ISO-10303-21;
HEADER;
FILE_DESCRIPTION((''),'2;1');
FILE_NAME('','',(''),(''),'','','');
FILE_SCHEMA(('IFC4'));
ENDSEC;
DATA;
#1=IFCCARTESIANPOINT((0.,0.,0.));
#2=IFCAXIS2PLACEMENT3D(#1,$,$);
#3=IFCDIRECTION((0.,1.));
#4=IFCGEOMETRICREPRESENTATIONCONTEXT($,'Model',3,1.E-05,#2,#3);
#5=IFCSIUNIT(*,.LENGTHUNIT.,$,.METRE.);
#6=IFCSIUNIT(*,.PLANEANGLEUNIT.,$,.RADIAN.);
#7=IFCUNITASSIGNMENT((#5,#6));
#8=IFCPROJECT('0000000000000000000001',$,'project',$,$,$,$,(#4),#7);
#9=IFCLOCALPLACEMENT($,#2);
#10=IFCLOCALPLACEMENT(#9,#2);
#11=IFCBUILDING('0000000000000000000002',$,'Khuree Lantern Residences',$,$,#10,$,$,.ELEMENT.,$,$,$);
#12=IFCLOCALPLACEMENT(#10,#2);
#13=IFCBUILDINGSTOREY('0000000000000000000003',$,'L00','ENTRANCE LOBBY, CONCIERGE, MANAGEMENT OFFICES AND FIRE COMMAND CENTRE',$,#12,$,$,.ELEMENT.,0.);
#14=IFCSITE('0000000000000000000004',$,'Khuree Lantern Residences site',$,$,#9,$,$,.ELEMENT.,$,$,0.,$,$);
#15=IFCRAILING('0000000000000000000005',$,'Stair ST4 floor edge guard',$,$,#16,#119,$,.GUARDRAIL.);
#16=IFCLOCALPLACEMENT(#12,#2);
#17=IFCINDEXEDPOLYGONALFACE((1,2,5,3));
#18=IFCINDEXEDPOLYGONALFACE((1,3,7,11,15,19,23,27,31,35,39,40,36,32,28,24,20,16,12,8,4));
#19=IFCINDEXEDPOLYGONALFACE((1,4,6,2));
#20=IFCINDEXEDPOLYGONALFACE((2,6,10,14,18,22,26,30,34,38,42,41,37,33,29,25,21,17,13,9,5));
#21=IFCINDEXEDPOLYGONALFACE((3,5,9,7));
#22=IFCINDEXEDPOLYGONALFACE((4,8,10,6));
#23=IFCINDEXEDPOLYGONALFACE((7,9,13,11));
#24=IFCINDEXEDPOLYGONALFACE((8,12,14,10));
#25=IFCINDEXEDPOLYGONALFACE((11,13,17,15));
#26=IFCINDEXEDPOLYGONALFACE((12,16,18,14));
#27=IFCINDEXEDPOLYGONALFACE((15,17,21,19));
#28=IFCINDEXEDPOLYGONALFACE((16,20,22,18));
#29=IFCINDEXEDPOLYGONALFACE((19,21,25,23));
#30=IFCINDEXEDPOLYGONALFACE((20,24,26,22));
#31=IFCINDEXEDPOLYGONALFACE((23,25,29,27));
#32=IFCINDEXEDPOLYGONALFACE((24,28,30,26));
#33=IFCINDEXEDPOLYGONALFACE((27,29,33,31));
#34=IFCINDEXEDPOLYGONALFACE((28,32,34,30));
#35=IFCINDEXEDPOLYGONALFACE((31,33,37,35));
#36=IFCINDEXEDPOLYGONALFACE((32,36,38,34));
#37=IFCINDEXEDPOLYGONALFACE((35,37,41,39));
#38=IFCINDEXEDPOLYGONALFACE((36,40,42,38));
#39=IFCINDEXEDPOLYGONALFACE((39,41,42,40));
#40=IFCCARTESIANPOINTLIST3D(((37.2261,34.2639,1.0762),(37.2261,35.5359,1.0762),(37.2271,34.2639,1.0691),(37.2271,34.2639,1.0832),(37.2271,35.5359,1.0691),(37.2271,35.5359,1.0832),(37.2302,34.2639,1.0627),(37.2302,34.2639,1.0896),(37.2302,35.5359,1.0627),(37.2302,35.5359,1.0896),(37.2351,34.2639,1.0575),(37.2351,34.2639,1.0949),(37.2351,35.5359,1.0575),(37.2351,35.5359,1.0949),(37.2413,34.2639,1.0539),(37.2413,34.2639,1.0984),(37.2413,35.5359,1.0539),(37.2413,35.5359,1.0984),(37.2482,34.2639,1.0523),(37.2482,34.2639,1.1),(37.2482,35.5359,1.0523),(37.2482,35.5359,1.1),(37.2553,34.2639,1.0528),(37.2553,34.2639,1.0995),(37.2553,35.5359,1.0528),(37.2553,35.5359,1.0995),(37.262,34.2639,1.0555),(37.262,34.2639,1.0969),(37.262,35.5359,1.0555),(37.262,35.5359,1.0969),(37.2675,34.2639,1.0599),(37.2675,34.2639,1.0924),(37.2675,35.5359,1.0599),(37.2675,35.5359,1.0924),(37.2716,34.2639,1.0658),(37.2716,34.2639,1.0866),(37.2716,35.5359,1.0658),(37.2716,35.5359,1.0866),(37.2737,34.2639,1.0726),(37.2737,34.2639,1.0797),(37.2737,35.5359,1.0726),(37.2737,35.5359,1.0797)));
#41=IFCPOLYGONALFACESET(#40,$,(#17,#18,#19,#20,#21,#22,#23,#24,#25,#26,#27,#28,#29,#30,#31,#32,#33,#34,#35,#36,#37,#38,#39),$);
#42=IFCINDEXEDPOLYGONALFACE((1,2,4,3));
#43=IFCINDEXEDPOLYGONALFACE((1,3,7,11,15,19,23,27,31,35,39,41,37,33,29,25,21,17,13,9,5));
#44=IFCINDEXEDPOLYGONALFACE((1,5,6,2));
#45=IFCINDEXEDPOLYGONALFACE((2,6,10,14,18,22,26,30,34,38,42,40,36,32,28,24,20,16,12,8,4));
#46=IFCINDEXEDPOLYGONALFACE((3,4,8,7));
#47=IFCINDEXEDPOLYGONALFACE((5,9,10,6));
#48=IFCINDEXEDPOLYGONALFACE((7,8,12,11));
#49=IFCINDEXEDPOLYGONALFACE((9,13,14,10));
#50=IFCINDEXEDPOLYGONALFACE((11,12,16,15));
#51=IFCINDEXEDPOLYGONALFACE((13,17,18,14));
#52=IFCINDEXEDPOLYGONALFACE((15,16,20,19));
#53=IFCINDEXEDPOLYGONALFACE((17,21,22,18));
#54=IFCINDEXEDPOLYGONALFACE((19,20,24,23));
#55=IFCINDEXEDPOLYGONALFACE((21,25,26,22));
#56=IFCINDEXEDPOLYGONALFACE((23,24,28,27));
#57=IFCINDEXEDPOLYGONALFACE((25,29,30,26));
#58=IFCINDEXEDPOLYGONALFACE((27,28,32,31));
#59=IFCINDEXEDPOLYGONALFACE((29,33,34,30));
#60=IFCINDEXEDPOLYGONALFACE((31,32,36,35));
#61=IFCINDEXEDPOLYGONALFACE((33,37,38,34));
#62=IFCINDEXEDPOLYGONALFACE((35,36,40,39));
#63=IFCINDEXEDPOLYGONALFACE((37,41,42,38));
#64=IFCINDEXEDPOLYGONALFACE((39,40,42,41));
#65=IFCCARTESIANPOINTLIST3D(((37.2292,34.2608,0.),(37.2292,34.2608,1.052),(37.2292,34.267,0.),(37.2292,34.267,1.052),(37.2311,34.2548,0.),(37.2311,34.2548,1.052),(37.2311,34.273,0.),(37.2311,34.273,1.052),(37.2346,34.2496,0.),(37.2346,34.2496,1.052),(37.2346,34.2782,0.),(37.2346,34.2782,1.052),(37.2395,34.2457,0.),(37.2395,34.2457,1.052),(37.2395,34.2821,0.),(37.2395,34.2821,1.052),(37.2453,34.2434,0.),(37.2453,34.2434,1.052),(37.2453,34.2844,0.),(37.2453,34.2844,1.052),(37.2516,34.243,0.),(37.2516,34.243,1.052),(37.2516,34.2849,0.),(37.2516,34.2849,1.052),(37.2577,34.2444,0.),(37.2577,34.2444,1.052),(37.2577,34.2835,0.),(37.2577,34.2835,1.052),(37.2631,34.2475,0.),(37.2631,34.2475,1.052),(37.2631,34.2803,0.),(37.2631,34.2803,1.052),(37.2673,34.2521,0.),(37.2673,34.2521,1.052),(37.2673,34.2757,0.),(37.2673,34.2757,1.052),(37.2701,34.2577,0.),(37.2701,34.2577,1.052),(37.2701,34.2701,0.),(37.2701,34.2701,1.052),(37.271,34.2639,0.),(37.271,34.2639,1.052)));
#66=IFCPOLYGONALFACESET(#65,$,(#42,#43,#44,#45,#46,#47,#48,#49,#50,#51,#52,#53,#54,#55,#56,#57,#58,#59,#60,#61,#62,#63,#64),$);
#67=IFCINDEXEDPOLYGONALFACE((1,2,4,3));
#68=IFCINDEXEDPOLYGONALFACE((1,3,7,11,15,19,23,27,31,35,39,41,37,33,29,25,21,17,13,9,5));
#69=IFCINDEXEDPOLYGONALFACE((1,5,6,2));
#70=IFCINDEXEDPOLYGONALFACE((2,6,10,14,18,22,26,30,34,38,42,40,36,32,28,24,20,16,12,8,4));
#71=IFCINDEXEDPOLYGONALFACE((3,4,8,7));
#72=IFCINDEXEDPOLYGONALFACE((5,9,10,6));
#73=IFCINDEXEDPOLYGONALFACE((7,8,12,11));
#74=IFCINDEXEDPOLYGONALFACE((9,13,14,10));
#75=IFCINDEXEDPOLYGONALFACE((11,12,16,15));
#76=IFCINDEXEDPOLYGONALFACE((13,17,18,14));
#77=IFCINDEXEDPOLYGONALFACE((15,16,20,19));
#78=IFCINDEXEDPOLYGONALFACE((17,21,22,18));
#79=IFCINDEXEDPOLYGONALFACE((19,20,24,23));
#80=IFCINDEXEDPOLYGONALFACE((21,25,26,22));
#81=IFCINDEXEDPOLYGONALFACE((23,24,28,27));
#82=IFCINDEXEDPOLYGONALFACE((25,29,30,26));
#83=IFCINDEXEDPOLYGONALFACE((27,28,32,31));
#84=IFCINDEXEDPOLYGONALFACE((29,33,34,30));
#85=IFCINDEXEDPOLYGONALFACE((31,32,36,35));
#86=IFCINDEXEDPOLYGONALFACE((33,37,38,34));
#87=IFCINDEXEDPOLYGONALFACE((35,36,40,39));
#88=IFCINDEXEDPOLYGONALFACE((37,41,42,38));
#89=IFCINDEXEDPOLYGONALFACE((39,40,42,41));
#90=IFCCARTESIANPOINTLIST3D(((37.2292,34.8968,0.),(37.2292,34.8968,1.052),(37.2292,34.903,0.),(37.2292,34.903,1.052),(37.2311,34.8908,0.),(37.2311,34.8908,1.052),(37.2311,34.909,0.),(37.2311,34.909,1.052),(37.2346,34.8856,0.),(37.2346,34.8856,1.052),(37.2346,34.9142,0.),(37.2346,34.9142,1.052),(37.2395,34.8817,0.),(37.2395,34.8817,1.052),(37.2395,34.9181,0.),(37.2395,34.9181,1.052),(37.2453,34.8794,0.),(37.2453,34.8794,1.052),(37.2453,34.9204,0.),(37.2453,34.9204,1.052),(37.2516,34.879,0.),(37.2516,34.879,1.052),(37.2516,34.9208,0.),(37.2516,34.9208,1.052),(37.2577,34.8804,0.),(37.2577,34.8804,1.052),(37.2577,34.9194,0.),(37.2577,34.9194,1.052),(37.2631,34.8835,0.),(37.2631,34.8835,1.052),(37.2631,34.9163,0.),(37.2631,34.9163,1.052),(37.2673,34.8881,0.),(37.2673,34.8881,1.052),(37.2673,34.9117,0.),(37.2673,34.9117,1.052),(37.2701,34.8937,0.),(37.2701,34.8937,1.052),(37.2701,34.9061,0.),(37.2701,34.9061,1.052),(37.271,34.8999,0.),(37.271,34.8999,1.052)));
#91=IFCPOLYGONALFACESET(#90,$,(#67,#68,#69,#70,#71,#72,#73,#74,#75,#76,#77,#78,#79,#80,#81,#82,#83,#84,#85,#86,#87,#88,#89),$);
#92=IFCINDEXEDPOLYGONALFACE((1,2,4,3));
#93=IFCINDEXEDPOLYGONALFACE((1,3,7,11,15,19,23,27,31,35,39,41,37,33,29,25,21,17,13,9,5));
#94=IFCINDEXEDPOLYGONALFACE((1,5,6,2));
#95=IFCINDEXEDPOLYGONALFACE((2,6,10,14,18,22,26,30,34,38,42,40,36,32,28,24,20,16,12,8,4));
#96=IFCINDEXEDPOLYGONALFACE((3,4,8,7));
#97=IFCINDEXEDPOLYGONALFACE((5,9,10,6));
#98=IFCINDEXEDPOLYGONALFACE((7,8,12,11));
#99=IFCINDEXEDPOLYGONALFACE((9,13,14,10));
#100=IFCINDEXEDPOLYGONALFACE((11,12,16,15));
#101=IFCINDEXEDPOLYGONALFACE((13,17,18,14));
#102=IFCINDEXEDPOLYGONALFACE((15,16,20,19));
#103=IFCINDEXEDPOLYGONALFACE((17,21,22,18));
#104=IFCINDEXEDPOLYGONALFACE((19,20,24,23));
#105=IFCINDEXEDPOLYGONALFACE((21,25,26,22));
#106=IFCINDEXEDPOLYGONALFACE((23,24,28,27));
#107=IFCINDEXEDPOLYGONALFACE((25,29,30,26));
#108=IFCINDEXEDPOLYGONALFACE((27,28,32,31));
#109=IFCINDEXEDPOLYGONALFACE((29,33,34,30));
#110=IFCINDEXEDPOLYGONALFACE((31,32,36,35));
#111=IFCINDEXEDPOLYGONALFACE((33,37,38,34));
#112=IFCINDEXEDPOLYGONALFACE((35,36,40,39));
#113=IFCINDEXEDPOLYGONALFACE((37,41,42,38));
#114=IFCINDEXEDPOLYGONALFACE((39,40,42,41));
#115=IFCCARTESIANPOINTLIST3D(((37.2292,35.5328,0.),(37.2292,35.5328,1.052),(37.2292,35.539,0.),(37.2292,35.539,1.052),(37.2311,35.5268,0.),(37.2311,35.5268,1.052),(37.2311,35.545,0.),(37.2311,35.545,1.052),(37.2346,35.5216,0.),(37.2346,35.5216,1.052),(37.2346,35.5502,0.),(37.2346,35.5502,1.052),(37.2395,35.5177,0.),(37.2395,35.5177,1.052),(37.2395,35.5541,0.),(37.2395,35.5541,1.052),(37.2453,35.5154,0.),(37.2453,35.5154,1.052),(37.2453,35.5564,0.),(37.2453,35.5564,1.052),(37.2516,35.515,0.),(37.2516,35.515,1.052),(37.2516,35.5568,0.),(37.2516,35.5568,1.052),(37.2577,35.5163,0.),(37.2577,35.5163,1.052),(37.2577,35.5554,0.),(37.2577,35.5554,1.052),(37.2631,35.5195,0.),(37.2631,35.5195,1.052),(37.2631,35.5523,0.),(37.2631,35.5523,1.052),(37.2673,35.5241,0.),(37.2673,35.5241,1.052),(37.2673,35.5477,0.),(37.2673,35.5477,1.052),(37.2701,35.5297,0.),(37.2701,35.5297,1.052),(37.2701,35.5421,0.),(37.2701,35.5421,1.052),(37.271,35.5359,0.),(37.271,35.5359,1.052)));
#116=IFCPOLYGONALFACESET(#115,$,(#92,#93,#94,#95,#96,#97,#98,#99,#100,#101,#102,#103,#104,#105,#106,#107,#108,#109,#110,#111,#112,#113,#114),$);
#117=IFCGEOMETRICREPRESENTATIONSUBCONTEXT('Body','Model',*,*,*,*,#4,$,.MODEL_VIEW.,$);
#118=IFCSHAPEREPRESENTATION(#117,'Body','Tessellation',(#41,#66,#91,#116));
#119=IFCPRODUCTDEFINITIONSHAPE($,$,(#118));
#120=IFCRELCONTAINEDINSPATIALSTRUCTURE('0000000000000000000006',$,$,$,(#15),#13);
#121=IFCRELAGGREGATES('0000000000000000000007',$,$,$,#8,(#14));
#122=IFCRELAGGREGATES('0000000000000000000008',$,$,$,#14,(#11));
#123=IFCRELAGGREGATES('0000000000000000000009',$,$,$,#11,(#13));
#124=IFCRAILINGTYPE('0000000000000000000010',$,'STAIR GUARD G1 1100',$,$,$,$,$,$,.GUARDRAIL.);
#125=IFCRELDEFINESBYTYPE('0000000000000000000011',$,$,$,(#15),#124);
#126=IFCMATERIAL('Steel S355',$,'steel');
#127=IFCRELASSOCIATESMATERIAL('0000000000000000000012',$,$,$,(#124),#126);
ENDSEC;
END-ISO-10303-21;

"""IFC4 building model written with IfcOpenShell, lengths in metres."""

from ifc_helpers import new_model, si_unit, direction, frame, origin, origin_2d, place, context, subcontext, project, spatial, circle, extrude, material, type_object, element, save


model = new_model("IFC4")

# Units and contexts
model_context = context("Model", 3, precision=1e-05, world=origin(), true_north=direction((0.0, 1.0)))
body_context = subcontext(model_context, "Body", "Model", "MODEL_VIEW")
ifc_project = project(units=[si_unit("LENGTHUNIT", "METRE"), si_unit("PLANEANGLEUNIT", "RADIAN")], contexts=[model_context])

# Site, building, storey
site_placement = place(None, origin())
site = spatial("IfcSite", under=ifc_project, at=site_placement, Name="Khuree Lantern Residences site", CompositionType="ELEMENT", RefElevation=0.0)
building_placement = place(site_placement, origin())
building = spatial("IfcBuilding", under=site, at=building_placement, Name="Khuree Lantern Residences", CompositionType="ELEMENT")
storey_placement = place(building_placement, origin())
storey = spatial("IfcBuildingStorey", under=building, at=storey_placement, Name="L00", Description="ENTRANCE LOBBY, CONCIERGE, MANAGEMENT OFFICES AND FIRE COMMAND CENTRE", CompositionType="ELEMENT", Elevation=0.0)

# Railing
ifc_material_1 = material(Name="Steel S355", Category="steel")
railing_type_1 = type_object("IfcRailingType", Name="STAIR GUARD G1 1100", PredefinedType="GUARDRAIL", material=ifc_material_1)
railing_1_placement = place(storey_placement, frame((37.25, 34.2639, 0.0)))
element("IfcRailing", 1, at=railing_1_placement, inside=storey, type_object=railing_type_1, Name="Stair ST4 floor edge guard", PredefinedType="GUARDRAIL", context=body_context, shape_type="SweptSolid", body=[
    extrude(circle(Radius=0.0239, at=origin_2d()), frame((0.0, 0.0, 1.0762), z_axis=(0.0, 1.0, 0.0), x_axis=(-1.0, 0.0, 0.0)), (0.0, 0.0, 1.0), 1.272),
    extrude(circle(Radius=0.021, at=origin_2d()), origin(), (0.0, 0.0, 1.0), 1.052),
    extrude(circle(Radius=0.021, at=origin_2d()), frame((0.0, 0.636, 0.0)), (0.0, 0.0, 1.0), 1.052),
    extrude(circle(Radius=0.021, at=origin_2d()), frame((0.0, 1.272, 0.0)), (0.0, 0.0, 1.0), 1.052),
])

save(model, "model.ifc")
